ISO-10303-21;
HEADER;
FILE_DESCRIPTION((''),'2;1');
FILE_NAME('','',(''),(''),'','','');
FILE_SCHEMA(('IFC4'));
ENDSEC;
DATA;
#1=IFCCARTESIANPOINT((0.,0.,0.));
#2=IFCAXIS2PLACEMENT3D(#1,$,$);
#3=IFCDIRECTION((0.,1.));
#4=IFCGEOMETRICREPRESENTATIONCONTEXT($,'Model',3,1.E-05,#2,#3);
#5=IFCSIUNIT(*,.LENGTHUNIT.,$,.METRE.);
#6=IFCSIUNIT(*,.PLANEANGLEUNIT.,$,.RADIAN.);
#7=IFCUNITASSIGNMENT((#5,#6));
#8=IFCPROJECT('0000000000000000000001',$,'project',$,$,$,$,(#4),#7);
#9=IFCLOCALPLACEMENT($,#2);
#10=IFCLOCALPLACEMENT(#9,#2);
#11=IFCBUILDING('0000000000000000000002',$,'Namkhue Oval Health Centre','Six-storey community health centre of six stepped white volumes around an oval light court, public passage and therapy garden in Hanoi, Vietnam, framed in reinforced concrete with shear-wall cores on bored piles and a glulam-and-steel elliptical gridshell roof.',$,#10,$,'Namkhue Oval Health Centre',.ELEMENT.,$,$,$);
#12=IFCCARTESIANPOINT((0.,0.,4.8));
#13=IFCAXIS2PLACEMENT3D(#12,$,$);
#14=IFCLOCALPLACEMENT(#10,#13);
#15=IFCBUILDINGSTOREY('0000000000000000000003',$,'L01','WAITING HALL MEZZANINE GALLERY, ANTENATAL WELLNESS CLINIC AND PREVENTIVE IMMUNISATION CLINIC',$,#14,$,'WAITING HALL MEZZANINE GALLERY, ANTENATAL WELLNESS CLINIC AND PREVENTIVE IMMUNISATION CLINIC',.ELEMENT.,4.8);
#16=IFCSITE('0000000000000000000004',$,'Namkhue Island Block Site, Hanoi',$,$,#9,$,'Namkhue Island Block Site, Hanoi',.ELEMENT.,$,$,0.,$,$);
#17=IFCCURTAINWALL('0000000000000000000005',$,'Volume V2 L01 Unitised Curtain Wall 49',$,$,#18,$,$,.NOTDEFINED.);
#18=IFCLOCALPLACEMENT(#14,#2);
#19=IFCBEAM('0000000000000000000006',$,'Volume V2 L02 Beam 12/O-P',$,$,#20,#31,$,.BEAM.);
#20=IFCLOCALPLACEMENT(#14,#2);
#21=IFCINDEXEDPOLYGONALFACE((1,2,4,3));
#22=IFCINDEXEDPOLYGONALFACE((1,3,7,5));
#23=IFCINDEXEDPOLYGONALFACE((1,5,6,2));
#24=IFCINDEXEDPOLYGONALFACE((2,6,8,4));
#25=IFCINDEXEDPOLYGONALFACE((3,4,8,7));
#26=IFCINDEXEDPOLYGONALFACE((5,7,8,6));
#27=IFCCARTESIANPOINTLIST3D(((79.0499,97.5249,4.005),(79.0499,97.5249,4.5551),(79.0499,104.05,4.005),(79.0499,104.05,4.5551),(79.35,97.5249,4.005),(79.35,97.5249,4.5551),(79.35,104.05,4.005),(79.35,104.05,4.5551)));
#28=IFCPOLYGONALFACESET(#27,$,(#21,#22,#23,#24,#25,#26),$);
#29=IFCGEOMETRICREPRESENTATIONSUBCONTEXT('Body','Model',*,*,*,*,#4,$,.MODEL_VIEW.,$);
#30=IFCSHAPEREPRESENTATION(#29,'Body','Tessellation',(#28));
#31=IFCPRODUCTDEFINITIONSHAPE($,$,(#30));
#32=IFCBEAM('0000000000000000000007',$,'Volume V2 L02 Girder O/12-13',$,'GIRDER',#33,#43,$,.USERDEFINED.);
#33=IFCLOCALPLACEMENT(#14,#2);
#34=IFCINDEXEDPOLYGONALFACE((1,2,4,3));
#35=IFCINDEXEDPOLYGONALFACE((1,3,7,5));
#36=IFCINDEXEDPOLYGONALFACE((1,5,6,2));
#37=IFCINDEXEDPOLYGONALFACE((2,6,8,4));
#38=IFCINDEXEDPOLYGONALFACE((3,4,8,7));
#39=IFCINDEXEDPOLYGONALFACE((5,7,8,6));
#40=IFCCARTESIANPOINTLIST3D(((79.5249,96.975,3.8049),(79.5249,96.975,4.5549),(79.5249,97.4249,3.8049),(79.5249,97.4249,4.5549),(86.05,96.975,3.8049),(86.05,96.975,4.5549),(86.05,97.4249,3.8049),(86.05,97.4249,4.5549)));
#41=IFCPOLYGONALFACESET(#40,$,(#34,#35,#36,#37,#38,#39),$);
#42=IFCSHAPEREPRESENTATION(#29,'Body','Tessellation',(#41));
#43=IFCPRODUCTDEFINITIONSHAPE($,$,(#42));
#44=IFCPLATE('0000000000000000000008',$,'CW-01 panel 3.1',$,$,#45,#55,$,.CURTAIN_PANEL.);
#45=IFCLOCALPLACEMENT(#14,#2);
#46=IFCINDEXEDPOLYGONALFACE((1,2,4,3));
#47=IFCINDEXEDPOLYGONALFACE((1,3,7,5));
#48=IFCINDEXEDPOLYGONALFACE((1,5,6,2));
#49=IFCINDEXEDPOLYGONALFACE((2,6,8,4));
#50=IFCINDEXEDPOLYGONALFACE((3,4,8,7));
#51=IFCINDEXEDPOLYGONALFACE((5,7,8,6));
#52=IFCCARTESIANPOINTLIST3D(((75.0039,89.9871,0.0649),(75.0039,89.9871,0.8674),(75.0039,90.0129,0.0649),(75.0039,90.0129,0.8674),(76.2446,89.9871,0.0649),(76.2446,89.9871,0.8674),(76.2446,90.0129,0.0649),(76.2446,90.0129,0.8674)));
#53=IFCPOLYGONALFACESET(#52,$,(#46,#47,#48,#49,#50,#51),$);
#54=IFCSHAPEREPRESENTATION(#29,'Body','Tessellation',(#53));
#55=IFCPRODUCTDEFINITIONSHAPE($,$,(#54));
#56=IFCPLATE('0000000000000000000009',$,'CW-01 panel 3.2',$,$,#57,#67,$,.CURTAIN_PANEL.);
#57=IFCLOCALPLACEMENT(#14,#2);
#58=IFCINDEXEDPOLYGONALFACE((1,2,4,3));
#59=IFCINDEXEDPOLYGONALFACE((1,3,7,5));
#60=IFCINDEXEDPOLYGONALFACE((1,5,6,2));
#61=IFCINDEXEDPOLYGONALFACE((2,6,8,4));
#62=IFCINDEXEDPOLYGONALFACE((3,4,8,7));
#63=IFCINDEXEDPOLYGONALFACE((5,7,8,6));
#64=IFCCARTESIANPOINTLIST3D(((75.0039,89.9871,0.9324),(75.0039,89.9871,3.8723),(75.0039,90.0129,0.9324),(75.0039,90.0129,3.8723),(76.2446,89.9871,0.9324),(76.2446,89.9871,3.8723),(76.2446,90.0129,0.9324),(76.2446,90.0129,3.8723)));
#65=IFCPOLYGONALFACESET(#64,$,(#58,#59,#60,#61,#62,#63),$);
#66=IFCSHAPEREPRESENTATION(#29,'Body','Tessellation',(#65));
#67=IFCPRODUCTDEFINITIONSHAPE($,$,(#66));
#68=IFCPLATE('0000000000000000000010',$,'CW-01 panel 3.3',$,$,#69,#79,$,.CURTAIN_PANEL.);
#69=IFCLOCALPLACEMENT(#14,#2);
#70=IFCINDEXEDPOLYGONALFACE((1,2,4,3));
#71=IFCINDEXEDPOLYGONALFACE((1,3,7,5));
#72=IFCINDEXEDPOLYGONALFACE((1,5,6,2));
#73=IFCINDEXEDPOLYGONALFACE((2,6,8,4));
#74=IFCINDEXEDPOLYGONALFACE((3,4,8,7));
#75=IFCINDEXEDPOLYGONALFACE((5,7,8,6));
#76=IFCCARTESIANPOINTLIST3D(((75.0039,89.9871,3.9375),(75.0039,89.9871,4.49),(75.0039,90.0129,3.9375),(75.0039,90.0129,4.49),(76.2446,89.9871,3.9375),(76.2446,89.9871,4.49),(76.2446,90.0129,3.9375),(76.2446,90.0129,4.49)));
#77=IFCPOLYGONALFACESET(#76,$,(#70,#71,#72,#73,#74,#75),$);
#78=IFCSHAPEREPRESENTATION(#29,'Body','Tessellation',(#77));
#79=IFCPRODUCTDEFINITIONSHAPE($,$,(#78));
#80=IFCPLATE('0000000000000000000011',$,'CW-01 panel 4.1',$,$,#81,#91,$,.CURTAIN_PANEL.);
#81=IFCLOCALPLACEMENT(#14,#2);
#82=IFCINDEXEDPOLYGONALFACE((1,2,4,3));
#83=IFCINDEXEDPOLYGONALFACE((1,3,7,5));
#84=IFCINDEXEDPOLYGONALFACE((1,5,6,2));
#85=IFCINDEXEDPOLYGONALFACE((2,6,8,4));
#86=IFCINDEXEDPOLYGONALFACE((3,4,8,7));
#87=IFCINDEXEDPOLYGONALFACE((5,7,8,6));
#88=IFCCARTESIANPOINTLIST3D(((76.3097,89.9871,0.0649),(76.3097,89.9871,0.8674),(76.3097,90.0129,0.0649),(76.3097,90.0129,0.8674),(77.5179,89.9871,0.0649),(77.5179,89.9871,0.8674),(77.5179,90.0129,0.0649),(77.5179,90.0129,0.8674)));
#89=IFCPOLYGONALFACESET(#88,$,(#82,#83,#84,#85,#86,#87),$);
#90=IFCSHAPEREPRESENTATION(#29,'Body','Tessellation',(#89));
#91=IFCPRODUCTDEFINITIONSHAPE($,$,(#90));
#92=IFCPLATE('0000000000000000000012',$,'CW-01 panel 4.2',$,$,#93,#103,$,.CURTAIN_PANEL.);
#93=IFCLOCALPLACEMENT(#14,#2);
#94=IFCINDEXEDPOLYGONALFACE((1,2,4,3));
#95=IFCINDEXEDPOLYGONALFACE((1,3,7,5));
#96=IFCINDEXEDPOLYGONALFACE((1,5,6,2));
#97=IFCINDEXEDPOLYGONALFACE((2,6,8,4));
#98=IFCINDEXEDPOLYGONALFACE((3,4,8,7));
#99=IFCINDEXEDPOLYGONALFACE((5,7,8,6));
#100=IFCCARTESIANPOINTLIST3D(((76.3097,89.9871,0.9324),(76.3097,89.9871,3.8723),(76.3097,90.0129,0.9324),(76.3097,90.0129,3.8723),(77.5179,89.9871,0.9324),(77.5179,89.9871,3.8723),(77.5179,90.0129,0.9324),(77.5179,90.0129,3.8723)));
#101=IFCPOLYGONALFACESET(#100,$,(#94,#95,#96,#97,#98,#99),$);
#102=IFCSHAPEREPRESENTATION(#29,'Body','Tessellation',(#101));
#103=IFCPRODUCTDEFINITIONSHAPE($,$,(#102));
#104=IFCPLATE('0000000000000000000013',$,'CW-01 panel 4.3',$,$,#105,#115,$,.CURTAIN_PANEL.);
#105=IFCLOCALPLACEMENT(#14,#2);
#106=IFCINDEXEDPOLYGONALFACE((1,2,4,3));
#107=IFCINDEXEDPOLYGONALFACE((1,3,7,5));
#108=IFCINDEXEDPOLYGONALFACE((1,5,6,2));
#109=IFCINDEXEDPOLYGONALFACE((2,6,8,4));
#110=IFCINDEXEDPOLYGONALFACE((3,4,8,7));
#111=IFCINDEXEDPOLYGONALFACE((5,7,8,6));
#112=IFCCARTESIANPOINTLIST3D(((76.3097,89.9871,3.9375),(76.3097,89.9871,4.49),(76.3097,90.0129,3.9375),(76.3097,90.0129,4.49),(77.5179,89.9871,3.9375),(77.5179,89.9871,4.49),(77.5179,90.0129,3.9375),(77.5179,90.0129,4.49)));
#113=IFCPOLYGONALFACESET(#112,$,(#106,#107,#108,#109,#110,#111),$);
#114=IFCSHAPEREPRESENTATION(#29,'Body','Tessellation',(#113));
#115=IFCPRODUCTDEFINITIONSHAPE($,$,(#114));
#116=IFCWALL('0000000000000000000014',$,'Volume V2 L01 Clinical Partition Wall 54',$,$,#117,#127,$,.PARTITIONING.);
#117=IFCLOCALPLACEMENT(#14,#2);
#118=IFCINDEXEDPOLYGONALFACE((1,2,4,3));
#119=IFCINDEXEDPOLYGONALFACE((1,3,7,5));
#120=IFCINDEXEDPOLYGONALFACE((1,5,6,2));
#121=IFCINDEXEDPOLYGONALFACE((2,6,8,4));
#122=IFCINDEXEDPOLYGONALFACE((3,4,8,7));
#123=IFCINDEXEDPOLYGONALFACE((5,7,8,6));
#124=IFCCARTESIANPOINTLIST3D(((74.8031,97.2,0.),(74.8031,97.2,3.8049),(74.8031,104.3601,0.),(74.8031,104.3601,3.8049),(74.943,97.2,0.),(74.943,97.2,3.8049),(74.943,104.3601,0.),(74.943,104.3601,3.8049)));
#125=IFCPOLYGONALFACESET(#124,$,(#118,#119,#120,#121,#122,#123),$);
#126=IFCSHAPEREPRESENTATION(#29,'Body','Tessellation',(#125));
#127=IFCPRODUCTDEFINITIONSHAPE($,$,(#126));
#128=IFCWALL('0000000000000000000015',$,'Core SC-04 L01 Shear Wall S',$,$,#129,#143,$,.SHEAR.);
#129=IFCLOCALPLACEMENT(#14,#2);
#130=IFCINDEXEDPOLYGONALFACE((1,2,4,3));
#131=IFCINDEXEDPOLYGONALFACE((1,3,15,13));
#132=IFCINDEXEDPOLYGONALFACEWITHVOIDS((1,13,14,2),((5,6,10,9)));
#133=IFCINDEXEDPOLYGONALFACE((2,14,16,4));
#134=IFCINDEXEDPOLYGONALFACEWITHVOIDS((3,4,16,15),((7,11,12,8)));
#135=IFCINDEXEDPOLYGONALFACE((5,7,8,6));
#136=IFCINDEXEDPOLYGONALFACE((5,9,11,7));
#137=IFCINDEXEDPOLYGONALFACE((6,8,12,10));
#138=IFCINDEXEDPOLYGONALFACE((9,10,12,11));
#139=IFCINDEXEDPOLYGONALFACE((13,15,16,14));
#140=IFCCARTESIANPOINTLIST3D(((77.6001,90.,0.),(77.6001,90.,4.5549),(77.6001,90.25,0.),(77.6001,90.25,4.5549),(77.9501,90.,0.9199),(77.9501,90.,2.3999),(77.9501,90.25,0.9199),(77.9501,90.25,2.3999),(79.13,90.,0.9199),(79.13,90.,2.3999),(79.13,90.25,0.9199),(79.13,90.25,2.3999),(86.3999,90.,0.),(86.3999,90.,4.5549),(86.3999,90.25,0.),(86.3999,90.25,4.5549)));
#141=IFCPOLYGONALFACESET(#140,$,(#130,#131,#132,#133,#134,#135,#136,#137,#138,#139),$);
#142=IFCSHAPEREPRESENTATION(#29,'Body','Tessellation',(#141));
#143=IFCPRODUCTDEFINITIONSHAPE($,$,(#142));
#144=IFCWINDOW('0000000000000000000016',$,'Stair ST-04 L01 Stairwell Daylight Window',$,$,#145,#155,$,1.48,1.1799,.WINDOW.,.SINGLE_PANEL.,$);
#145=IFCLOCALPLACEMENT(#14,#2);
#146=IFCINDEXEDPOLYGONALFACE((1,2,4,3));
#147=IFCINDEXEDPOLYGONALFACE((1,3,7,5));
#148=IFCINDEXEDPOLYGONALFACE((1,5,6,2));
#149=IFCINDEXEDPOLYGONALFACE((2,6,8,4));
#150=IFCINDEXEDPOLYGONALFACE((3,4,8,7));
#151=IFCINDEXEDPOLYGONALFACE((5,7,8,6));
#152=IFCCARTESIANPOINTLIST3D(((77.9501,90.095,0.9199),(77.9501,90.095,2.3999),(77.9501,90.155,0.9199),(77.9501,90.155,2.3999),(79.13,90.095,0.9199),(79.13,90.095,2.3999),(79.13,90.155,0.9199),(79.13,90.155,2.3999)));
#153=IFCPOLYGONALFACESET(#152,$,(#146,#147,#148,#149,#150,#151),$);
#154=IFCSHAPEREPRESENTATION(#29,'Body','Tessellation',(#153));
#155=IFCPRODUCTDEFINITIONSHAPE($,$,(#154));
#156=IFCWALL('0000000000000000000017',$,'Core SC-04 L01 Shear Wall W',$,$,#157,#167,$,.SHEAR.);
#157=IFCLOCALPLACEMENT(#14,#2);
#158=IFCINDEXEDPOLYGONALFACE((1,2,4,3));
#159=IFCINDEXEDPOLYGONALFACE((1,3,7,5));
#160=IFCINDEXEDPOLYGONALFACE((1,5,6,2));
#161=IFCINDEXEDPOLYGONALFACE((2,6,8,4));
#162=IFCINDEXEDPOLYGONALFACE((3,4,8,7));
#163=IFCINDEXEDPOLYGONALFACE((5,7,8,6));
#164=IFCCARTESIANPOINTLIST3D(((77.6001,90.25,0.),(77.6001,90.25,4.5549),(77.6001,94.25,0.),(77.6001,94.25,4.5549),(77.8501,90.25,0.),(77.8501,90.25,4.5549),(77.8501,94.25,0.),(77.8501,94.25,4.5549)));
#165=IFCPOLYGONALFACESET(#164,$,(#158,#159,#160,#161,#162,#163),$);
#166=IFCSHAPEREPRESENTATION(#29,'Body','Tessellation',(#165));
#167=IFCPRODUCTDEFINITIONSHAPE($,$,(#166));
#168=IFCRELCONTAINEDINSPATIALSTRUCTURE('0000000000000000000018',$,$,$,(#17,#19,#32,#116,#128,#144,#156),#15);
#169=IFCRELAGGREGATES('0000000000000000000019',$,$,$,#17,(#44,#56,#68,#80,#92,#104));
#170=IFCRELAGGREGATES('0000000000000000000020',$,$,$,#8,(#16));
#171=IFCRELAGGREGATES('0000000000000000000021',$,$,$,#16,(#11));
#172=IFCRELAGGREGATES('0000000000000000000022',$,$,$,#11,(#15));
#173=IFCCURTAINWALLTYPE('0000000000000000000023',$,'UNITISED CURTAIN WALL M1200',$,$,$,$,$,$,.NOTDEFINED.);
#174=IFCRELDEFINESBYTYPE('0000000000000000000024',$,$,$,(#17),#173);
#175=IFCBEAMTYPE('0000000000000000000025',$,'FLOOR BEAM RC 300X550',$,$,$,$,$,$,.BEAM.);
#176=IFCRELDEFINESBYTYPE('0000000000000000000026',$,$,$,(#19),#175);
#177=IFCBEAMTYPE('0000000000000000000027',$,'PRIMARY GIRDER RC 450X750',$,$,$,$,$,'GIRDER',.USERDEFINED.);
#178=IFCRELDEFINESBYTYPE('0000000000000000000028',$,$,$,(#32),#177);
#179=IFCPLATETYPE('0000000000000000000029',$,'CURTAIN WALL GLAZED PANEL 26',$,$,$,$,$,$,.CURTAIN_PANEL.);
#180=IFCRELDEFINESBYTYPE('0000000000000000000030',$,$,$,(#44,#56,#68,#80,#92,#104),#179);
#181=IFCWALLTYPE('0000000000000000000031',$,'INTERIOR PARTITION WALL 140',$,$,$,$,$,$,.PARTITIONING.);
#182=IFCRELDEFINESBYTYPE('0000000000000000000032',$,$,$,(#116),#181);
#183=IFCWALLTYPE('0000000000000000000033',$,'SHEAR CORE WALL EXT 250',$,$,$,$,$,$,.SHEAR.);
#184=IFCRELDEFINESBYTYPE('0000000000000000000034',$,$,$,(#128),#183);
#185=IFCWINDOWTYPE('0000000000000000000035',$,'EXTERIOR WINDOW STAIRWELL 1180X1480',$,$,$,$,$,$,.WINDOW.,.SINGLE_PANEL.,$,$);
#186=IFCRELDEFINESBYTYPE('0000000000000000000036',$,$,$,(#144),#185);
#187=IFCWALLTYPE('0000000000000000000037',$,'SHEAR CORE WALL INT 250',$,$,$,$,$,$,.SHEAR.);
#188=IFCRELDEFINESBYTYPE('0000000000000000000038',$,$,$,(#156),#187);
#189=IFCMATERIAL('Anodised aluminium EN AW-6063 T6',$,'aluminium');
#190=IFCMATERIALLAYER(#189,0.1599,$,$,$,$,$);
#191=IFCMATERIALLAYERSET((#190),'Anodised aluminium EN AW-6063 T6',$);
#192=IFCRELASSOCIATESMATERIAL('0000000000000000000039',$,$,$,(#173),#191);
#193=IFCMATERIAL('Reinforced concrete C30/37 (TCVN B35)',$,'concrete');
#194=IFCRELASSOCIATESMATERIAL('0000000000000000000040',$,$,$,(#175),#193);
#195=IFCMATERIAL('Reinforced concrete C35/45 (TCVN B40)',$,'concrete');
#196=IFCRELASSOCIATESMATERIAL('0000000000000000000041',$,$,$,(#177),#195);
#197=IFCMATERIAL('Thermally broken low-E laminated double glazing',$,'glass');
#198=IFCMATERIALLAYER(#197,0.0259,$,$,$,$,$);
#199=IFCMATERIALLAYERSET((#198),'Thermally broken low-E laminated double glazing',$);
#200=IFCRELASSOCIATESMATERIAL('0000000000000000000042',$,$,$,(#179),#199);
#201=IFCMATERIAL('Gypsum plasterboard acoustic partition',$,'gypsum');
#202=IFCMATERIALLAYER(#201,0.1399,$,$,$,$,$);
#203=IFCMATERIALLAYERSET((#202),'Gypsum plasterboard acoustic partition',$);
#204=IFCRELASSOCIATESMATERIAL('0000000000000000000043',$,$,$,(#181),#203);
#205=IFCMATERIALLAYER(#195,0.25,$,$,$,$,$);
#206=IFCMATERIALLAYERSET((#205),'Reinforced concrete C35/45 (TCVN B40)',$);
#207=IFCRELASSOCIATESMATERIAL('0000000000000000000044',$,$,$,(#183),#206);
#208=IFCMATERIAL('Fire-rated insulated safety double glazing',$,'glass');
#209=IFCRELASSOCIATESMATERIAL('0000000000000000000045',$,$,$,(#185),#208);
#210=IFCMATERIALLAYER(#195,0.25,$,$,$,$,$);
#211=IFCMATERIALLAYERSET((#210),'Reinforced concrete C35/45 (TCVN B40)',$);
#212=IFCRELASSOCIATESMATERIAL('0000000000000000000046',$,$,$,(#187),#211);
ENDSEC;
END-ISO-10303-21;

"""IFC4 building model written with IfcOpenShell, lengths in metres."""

from ifc_helpers import new_model, si_unit, direction, frame, frame_2d, origin, origin_2d, place, context, subcontext, project, spatial, rectangle, extrude, material, layer, layer_set, material_profile, profile_set, type_object, element, fill, aggregate, save


model = new_model("IFC4")

# Units and contexts
model_context = context("Model", 3, precision=1e-05, world=origin(), true_north=direction((0.0, 1.0)))
body_context = subcontext(model_context, "Body", "Model", "MODEL_VIEW")
ifc_project = project(units=[si_unit("LENGTHUNIT", "METRE"), si_unit("PLANEANGLEUNIT", "RADIAN")], contexts=[model_context])

# Site, building, storey
site_placement = place(None, origin())
site = spatial("IfcSite", under=ifc_project, at=site_placement, Name="Namkhue Island Block Site, Hanoi", LongName="Namkhue Island Block Site, Hanoi", CompositionType="ELEMENT", RefElevation=0.0)
building_placement = place(site_placement, origin())
building = spatial("IfcBuilding", under=site, at=building_placement, Name="Namkhue Oval Health Centre", Description="Six-storey community health centre of six stepped white volumes around an oval light court, public passage and therapy garden in Hanoi, Vietnam, framed in reinforced concrete with shear-wall cores on bored piles and a glulam-and-steel elliptical gridshell roof.", LongName="Namkhue Oval Health Centre", CompositionType="ELEMENT")
storey_placement = place(building_placement, frame((0.0, 0.0, 4.8)))
storey = spatial("IfcBuildingStorey", under=building, at=storey_placement, Name="L01", Description="WAITING HALL MEZZANINE GALLERY, ANTENATAL WELLNESS CLINIC AND PREVENTIVE IMMUNISATION CLINIC", LongName="WAITING HALL MEZZANINE GALLERY, ANTENATAL WELLNESS CLINIC AND PREVENTIVE IMMUNISATION CLINIC", CompositionType="ELEMENT", Elevation=4.8)

# Shared definitions
ifc_material_1 = material(Name="Reinforced concrete C35/45 (TCVN B40)", Category="concrete")

# Curtain wall
ifc_material_2 = material(Name="Anodised aluminium EN AW-6063 T6", Category="aluminium")
ifc_layer_1 = layer(ifc_material_2, 0.1599)
ifc_layer_set_1 = layer_set([ifc_layer_1], Name="Anodised aluminium EN AW-6063 T6")
curtain_wall_type = type_object("IfcCurtainWallType", Name="UNITISED CURTAIN WALL M1200", PredefinedType="NOTDEFINED", material=ifc_layer_set_1)
curtain_wall_placement = place(storey_placement, origin())
curtain_wall = element("IfcCurtainWall", 1, at=curtain_wall_placement, inside=storey, type_object=curtain_wall_type, Name="Volume V2 L01 Unitised Curtain Wall 49", PredefinedType="NOTDEFINED")

# Beams
ifc_material_3 = material(Name="Reinforced concrete C30/37 (TCVN B35)", Category="concrete")
ifc_material_profile_1 = material_profile(ifc_material_3, rectangle(XDim=0.3, YDim=0.55, at=origin_2d()), Name="RC 300x550")
ifc_profile_set_1 = profile_set([ifc_material_profile_1], Name="Reinforced concrete C30/37 (TCVN B35)")
beam_type_1 = type_object("IfcBeamType", Name="FLOOR BEAM RC 300X550", PredefinedType="BEAM", material=ifc_profile_set_1)
beam_1_placement = place(storey_placement, frame((79.2, 97.5249, 4.28), z_axis=(0.0, 1.0, 0.0), x_axis=(-1.0, 0.0, 0.0)))
element("IfcBeam", 2, at=beam_1_placement, inside=storey, type_object=beam_type_1, Name="Volume V2 L02 Beam 12/O-P", PredefinedType="BEAM", context=body_context, shape_type="SweptSolid", body=[
    extrude(rectangle(XDim=0.3, YDim=0.55, at=origin_2d()), origin(), (0.0, 0.0, 1.0), 6.5251),
])
ifc_material_profile_2 = material_profile(ifc_material_1, rectangle(XDim=0.45, YDim=0.75, at=origin_2d()), Name="RC 450x750")
ifc_profile_set_2 = profile_set([ifc_material_profile_2], Name="Reinforced concrete C35/45 (TCVN B40)")
beam_type_2 = type_object("IfcBeamType", Name="PRIMARY GIRDER RC 450X750", ElementType="GIRDER", PredefinedType="USERDEFINED", material=ifc_profile_set_2)
beam_2_placement = place(storey_placement, frame((79.5249, 97.2, 4.1799), z_axis=(1.0, 0.0, 0.0), x_axis=(0.0, 1.0, 0.0)))
element("IfcBeam", 3, at=beam_2_placement, inside=storey, type_object=beam_type_2, Name="Volume V2 L02 Girder O/12-13", ObjectType="GIRDER", PredefinedType="USERDEFINED", context=body_context, shape_type="SweptSolid", body=[
    extrude(rectangle(XDim=0.45, YDim=0.75, at=origin_2d()), origin(), (0.0, 0.0, 1.0), 6.5251),
])

# Plates
ifc_material_4 = material(Name="Thermally broken low-E laminated double glazing", Category="glass")
ifc_layer_2 = layer(ifc_material_4, 0.0259)
ifc_layer_set_2 = layer_set([ifc_layer_2], Name="Thermally broken low-E laminated double glazing")
plate_type = type_object("IfcPlateType", Name="CURTAIN WALL GLAZED PANEL 26", PredefinedType="CURTAIN_PANEL", material=ifc_layer_set_2)
plate_1_placement = place(storey_placement, frame((75.6243, 90.0, 0.0649), z_axis=(0.0, 0.0, 1.0), x_axis=(1.0, 0.0, 0.0)))
plate_1 = element("IfcPlate", 4, at=plate_1_placement, type_object=plate_type, Name="CW-01 panel 3.1", PredefinedType="CURTAIN_PANEL", context=body_context, shape_type="SweptSolid", body=[
    extrude(rectangle(XDim=1.2407, YDim=0.0259, at=origin_2d()), origin(), (0.0, 0.0, 1.0), 0.8025),
])
plate_2_placement = place(storey_placement, frame((75.6243, 90.0, 0.9324), z_axis=(0.0, 0.0, 1.0), x_axis=(1.0, 0.0, 0.0)))
plate_2 = element("IfcPlate", 5, at=plate_2_placement, type_object=plate_type, Name="CW-01 panel 3.2", PredefinedType="CURTAIN_PANEL", context=body_context, shape_type="SweptSolid", body=[
    extrude(rectangle(XDim=1.2407, YDim=0.0259, at=origin_2d()), origin(), (0.0, 0.0, 1.0), 2.9399),
])
plate_3_placement = place(storey_placement, frame((75.6243, 90.0, 3.9375), z_axis=(0.0, 0.0, 1.0), x_axis=(1.0, 0.0, 0.0)))
plate_3 = element("IfcPlate", 6, at=plate_3_placement, type_object=plate_type, Name="CW-01 panel 3.3", PredefinedType="CURTAIN_PANEL", context=body_context, shape_type="SweptSolid", body=[
    extrude(rectangle(XDim=1.2407, YDim=0.0259, at=origin_2d()), origin(), (0.0, 0.0, 1.0), 0.5525),
])
plate_4_placement = place(storey_placement, frame((76.9138, 90.0, 0.0649), z_axis=(0.0, 0.0, 1.0), x_axis=(1.0, 0.0, 0.0)))
plate_4 = element("IfcPlate", 7, at=plate_4_placement, type_object=plate_type, Name="CW-01 panel 4.1", PredefinedType="CURTAIN_PANEL", context=body_context, shape_type="SweptSolid", body=[
    extrude(rectangle(XDim=1.2083, YDim=0.0259, at=origin_2d()), origin(), (0.0, 0.0, 1.0), 0.8025),
])
plate_5_placement = place(storey_placement, frame((76.9138, 90.0, 0.9324), z_axis=(0.0, 0.0, 1.0), x_axis=(1.0, 0.0, 0.0)))
plate_5 = element("IfcPlate", 8, at=plate_5_placement, type_object=plate_type, Name="CW-01 panel 4.2", PredefinedType="CURTAIN_PANEL", context=body_context, shape_type="SweptSolid", body=[
    extrude(rectangle(XDim=1.2083, YDim=0.0259, at=origin_2d()), origin(), (0.0, 0.0, 1.0), 2.9399),
])
plate_6_placement = place(storey_placement, frame((76.9138, 90.0, 3.9375), z_axis=(0.0, 0.0, 1.0), x_axis=(1.0, 0.0, 0.0)))
plate_6 = element("IfcPlate", 9, at=plate_6_placement, type_object=plate_type, Name="CW-01 panel 4.3", PredefinedType="CURTAIN_PANEL", context=body_context, shape_type="SweptSolid", body=[
    extrude(rectangle(XDim=1.2083, YDim=0.0259, at=origin_2d()), origin(), (0.0, 0.0, 1.0), 0.5525),
])
aggregate(curtain_wall, [plate_1, plate_2, plate_3, plate_4, plate_5, plate_6])

# Wall
ifc_material_5 = material(Name="Gypsum plasterboard acoustic partition", Category="gypsum")
ifc_layer_3 = layer(ifc_material_5, 0.1399)
ifc_layer_set_3 = layer_set([ifc_layer_3], Name="Gypsum plasterboard acoustic partition")
wall_type_1 = type_object("IfcWallType", Name="INTERIOR PARTITION WALL 140", PredefinedType="PARTITIONING", material=ifc_layer_set_3)
wall_1_placement = place(storey_placement, frame((74.873, 97.2, 0.0), z_axis=(0.0, 0.0, 1.0), x_axis=(0.0, 1.0, 0.0)))
element("IfcWall", 10, at=wall_1_placement, inside=storey, type_object=wall_type_1, Name="Volume V2 L01 Clinical Partition Wall 54", PredefinedType="PARTITIONING", context=body_context, shape_type="SweptSolid", body=[
    extrude(rectangle(XDim=7.1602, YDim=0.1399, at=frame_2d((3.5801, 0.0))), origin(), (0.0, 0.0, 1.0), 3.8049),
])

# Wall, opening, window
ifc_layer_4 = layer(ifc_material_1, 0.25)
ifc_layer_set_4 = layer_set([ifc_layer_4], Name="Reinforced concrete C35/45 (TCVN B40)")
wall_type_2 = type_object("IfcWallType", Name="SHEAR CORE WALL EXT 250", PredefinedType="SHEAR", material=ifc_layer_set_4)
wall_2_placement = place(storey_placement, frame((77.6001, 90.125, 0.0), z_axis=(0.0, 0.0, 1.0), x_axis=(1.0, 0.0, 0.0)))
wall_2 = element("IfcWall", 11, at=wall_2_placement, inside=storey, type_object=wall_type_2, Name="Core SC-04 L01 Shear Wall S", PredefinedType="SHEAR", context=body_context, shape_type="SweptSolid", body=[
    extrude(rectangle(XDim=8.7998, YDim=0.25, at=frame_2d((4.3999, 0.0))), origin(), (0.0, 0.0, 1.0), 4.5549),
])
opening_placement = place(wall_2_placement, frame((0.3501, 0.0, 0.9199)))
opening = element("IfcOpeningElement", 12, at=opening_placement, cuts=wall_2, PredefinedType="OPENING", context=body_context, shape_type="SweptSolid", body=[
    extrude(rectangle(XDim=1.1799, YDim=1.48, at=frame_2d((0.5898, 0.74))), frame((0.0, 0.135, 0.0), z_axis=(0.0, -1.0, 0.0), x_axis=(1.0, 0.0, 0.0)), (0.0, 0.0, 1.0), 0.27),
])
ifc_material_6 = material(Name="Fire-rated insulated safety double glazing", Category="glass")
window_type = type_object("IfcWindowType", Name="EXTERIOR WINDOW STAIRWELL 1180X1480", PartitioningType="SINGLE_PANEL", PredefinedType="WINDOW", material=ifc_material_6)
window_placement = place(opening_placement, origin())
window = element("IfcWindow", 13, at=window_placement, inside=storey, type_object=window_type, Name="Stair ST-04 L01 Stairwell Daylight Window", OverallHeight=1.48, OverallWidth=1.1799, PartitioningType="SINGLE_PANEL", PredefinedType="WINDOW", context=body_context, shape_type="SweptSolid", body=[
    extrude(rectangle(XDim=1.1799, YDim=1.48, at=frame_2d((0.5898, 0.74))), frame((0.0, 0.03, 0.0), z_axis=(0.0, -1.0, 0.0), x_axis=(1.0, 0.0, 0.0)), (0.0, 0.0, 1.0), 0.0601),
])
fill(opening, window)

# Wall
ifc_layer_5 = layer(ifc_material_1, 0.25)
ifc_layer_set_5 = layer_set([ifc_layer_5], Name="Reinforced concrete C35/45 (TCVN B40)")
wall_type_3 = type_object("IfcWallType", Name="SHEAR CORE WALL INT 250", PredefinedType="SHEAR", material=ifc_layer_set_5)
wall_3_placement = place(storey_placement, frame((77.7251, 94.25, 0.0), z_axis=(0.0, 0.0, 1.0), x_axis=(0.0, -1.0, 0.0)))
element("IfcWall", 14, at=wall_3_placement, inside=storey, type_object=wall_type_3, Name="Core SC-04 L01 Shear Wall W", PredefinedType="SHEAR", context=body_context, shape_type="SweptSolid", body=[
    extrude(rectangle(XDim=4.0, YDim=0.25, at=frame_2d((2.0, 0.0))), origin(), (0.0, 0.0, 1.0), 4.5549),
])

save(model, "model.ifc")
